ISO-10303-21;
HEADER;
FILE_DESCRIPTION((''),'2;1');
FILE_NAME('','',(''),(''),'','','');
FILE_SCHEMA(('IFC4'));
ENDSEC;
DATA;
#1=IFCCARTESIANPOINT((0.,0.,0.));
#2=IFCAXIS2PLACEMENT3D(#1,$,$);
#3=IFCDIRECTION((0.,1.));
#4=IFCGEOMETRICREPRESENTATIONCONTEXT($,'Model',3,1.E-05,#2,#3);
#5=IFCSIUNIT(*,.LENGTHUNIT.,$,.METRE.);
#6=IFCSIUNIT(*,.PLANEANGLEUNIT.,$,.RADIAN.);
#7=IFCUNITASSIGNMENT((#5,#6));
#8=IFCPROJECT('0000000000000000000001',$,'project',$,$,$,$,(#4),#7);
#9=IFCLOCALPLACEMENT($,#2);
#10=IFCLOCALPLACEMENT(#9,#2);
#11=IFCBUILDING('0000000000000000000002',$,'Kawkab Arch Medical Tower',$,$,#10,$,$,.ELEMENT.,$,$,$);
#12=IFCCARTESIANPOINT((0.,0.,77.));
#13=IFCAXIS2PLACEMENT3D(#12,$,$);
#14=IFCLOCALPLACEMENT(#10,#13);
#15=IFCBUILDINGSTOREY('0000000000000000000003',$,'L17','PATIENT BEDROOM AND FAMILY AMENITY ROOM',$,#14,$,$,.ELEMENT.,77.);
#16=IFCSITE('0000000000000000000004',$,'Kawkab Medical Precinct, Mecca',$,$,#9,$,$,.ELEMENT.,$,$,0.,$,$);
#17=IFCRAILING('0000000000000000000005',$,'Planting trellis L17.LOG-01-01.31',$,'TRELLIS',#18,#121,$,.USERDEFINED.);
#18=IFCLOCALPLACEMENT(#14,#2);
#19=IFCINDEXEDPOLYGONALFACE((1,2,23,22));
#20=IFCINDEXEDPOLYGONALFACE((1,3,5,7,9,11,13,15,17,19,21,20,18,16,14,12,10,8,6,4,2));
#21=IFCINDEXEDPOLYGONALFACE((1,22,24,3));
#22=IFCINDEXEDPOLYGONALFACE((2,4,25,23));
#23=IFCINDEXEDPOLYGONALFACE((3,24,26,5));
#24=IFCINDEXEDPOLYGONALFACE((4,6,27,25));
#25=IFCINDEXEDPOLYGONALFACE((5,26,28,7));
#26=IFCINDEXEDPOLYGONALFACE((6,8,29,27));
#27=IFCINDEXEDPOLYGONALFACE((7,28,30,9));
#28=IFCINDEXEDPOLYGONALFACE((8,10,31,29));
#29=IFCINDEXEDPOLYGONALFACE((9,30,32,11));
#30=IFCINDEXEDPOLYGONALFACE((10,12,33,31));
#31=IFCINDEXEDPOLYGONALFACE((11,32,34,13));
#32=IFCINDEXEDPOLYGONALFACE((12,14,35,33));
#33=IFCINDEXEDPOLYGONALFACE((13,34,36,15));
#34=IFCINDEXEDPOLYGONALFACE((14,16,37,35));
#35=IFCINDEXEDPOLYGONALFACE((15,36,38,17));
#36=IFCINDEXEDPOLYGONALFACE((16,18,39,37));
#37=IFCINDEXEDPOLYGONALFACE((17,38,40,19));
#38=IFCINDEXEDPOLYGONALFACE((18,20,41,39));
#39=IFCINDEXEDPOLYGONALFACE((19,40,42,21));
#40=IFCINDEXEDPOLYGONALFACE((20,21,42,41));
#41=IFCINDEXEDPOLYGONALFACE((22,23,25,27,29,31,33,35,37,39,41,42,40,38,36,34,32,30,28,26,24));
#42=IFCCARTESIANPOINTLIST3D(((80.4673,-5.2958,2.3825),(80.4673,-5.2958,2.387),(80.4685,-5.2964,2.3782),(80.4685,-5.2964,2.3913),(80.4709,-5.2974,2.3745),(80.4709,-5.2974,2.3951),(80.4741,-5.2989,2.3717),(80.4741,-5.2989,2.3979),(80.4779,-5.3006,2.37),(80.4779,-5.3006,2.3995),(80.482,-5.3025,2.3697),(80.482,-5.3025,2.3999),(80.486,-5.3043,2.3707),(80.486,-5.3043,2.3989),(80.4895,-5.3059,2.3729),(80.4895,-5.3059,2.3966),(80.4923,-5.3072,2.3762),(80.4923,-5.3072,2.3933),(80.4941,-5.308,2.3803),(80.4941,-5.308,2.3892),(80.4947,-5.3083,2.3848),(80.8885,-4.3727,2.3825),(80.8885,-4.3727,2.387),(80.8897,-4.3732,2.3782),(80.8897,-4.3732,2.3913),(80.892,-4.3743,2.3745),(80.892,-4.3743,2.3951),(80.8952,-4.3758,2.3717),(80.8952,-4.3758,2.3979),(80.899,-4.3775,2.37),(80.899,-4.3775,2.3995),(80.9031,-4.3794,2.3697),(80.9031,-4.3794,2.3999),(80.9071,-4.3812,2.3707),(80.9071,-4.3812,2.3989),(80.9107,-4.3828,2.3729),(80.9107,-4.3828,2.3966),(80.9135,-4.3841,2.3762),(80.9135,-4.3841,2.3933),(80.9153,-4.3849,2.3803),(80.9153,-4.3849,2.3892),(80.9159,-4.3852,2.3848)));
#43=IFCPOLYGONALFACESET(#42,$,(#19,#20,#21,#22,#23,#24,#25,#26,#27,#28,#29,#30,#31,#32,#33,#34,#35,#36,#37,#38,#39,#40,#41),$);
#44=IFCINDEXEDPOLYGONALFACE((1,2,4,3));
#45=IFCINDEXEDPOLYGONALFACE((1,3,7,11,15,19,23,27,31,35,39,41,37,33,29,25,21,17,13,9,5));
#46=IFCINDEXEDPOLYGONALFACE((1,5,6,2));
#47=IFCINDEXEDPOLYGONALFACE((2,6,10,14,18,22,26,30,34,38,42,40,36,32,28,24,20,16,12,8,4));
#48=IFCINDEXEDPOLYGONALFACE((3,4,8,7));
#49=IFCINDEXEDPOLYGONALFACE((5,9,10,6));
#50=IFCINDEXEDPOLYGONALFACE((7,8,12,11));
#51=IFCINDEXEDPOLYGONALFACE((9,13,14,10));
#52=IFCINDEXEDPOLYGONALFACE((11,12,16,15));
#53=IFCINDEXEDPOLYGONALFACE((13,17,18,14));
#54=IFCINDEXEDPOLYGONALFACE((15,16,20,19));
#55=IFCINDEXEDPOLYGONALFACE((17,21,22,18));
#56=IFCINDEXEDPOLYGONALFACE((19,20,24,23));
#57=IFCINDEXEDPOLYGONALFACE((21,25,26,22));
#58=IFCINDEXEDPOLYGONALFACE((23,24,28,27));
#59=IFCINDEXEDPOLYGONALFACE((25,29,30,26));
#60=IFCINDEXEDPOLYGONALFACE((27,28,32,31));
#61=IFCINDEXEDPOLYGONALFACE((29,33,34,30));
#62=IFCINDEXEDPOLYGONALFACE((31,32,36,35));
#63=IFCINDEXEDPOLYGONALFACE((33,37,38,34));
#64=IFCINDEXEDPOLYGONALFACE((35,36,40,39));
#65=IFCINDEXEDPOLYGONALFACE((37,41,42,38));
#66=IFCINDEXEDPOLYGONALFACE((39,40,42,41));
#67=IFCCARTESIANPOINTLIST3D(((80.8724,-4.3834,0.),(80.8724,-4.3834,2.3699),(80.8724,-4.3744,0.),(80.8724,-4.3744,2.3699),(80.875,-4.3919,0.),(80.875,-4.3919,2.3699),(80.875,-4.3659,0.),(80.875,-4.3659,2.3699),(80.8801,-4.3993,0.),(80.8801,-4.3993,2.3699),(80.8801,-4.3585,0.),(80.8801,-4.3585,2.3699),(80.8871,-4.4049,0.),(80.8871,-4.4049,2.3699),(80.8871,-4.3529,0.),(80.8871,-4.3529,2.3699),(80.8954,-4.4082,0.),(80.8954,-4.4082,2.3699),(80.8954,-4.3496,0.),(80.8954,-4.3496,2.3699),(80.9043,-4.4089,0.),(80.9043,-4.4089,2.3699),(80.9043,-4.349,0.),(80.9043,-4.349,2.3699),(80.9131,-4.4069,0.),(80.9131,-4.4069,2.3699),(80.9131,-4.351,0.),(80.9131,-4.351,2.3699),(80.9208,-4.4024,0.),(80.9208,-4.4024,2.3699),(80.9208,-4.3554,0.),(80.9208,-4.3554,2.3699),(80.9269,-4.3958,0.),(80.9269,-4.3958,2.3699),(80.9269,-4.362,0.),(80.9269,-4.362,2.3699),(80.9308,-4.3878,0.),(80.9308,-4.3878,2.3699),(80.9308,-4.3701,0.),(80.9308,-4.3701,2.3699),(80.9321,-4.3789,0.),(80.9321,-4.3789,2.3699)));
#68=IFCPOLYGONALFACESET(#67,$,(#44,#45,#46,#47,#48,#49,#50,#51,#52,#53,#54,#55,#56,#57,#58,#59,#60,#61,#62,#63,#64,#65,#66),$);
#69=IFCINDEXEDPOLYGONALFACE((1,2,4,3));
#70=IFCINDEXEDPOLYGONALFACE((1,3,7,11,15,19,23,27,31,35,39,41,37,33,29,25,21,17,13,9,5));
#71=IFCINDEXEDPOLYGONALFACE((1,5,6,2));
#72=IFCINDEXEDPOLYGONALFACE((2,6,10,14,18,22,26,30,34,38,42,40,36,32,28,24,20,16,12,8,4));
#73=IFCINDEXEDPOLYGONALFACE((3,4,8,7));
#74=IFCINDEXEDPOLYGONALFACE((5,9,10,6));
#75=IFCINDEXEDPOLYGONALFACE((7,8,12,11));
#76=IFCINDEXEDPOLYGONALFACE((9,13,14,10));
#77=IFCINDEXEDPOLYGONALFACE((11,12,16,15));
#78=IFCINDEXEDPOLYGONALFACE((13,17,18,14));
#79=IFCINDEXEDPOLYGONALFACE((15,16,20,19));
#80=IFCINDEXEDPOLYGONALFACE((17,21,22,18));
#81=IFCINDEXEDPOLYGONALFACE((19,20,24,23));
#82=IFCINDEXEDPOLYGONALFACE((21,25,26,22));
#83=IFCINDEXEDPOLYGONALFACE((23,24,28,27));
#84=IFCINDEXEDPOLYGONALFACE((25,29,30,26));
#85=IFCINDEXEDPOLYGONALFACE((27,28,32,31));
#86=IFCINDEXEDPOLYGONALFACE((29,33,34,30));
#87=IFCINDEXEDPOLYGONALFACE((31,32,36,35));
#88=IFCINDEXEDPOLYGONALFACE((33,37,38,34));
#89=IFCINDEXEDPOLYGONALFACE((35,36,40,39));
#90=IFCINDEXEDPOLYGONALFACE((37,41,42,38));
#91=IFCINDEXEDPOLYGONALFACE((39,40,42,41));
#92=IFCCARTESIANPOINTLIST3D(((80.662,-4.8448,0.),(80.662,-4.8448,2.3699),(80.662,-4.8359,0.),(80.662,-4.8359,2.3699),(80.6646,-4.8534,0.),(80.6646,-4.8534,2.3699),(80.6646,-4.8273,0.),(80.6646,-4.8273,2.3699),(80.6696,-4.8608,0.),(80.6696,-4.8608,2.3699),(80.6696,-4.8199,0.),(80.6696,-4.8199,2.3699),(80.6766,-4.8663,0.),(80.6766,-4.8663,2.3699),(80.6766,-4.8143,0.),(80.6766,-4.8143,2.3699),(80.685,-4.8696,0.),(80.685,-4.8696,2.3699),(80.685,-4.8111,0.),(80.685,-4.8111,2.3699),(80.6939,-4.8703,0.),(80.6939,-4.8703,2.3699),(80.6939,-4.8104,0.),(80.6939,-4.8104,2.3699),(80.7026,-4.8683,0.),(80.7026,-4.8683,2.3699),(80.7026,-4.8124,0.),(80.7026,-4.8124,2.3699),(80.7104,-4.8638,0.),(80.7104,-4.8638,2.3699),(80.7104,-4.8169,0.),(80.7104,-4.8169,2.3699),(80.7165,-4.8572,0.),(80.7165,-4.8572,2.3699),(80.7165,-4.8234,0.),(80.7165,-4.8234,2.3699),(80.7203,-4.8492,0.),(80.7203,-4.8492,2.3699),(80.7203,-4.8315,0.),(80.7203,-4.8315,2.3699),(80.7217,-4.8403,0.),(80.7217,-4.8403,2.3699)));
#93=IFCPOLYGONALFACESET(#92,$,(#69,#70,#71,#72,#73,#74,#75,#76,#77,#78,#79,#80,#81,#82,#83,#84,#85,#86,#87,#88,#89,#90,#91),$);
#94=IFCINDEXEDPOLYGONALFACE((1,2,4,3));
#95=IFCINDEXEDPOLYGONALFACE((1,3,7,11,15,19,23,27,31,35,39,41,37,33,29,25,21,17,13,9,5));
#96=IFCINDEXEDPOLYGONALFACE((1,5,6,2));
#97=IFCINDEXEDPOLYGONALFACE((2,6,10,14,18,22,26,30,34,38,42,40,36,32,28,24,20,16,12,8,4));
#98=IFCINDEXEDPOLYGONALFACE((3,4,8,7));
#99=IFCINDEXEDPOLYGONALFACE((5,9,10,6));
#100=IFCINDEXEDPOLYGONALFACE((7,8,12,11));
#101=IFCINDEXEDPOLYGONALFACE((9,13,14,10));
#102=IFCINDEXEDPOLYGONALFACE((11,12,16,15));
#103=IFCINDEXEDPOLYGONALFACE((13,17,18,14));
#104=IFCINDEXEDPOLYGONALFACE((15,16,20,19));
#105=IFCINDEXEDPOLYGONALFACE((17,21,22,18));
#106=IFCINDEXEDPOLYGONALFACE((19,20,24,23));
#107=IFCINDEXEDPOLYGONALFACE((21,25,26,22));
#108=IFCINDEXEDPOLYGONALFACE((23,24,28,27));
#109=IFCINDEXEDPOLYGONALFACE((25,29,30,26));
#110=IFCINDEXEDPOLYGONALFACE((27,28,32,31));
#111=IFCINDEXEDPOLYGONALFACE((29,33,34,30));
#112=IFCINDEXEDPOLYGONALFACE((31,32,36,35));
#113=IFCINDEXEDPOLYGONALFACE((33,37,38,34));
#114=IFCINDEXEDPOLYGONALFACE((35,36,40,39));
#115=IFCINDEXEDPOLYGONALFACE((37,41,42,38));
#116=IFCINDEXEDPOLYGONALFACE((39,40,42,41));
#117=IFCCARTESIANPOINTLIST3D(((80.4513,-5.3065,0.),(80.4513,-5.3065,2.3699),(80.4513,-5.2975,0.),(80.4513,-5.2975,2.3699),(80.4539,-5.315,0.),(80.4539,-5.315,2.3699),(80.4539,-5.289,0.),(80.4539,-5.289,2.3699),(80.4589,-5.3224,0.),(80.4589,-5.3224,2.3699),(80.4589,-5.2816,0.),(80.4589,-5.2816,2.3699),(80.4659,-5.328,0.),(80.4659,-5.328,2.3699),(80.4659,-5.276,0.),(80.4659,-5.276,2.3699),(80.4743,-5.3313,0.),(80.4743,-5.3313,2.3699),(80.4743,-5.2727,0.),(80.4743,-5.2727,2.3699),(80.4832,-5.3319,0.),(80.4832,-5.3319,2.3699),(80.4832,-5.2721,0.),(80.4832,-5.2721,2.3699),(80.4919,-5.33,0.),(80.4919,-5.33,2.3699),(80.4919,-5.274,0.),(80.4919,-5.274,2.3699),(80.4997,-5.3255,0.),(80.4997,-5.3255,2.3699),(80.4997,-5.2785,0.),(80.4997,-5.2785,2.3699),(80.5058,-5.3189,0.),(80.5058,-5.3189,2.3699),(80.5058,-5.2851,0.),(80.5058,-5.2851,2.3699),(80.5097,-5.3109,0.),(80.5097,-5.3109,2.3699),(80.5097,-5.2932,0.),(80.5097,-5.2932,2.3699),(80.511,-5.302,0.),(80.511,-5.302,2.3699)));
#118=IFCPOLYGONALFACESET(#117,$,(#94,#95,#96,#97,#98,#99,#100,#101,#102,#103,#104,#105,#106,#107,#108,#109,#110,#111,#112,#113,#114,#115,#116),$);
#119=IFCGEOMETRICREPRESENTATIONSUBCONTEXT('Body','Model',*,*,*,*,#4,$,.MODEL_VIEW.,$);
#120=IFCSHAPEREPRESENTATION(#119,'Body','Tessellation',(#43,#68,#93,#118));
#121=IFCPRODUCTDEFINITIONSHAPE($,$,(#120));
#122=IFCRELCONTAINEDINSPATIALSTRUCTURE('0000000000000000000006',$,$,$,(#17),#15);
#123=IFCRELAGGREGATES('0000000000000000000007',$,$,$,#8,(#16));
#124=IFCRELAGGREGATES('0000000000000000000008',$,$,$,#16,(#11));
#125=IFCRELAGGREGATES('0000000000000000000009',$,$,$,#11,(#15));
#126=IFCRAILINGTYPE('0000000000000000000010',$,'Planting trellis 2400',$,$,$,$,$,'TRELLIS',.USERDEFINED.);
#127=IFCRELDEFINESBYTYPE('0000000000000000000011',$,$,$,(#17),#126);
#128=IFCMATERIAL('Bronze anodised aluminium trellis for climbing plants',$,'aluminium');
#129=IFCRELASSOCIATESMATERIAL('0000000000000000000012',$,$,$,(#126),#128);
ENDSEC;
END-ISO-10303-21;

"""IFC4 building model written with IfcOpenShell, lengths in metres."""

from ifc_helpers import new_model, si_unit, direction, frame, origin, origin_2d, place, context, subcontext, project, spatial, circle, extrude, material, type_object, element, save


model = new_model("IFC4")

# Units and contexts
model_context = context("Model", 3, precision=1e-05, world=origin(), true_north=direction((0.0, 1.0)))
body_context = subcontext(model_context, "Body", "Model", "MODEL_VIEW")
ifc_project = project(units=[si_unit("LENGTHUNIT", "METRE"), si_unit("PLANEANGLEUNIT", "RADIAN")], contexts=[model_context])

# Site, building, storey
site_placement = place(None, origin())
site = spatial("IfcSite", under=ifc_project, at=site_placement, Name="Kawkab Medical Precinct, Mecca", CompositionType="ELEMENT", RefElevation=0.0)
building_placement = place(site_placement, origin())
building = spatial("IfcBuilding", under=site, at=building_placement, Name="Kawkab Arch Medical Tower", CompositionType="ELEMENT")
storey_placement = place(building_placement, frame((0.0, 0.0, 77.0)))
storey = spatial("IfcBuildingStorey", under=building, at=storey_placement, Name="L17", Description="PATIENT BEDROOM AND FAMILY AMENITY ROOM", CompositionType="ELEMENT", Elevation=77.0)

# Railing
ifc_material_1 = material(Name="Bronze anodised aluminium trellis for climbing plants", Category="aluminium")
railing_type = type_object("IfcRailingType", Name="Planting trellis 2400", ElementType="TRELLIS", PredefinedType="USERDEFINED", material=ifc_material_1)
railing_1_placement = place(storey_placement, frame((80.9021, -4.3789, 0.0)))
element("IfcRailing", 1, at=railing_1_placement, inside=storey, type_object=railing_type, Name="Planting trellis L17.LOG-01-01.31", ObjectType="TRELLIS", PredefinedType="USERDEFINED", context=body_context, shape_type="SweptSolid", body=[
    extrude(circle(Radius=0.0151, at=origin_2d()), frame((0.0, 0.0, 2.3848), z_axis=(-0.415072, -0.909789, 0.0), x_axis=(0.909789, -0.415072, 0.0)), (0.0, 0.0, 1.0), 1.0146),
    extrude(circle(Radius=0.03, at=origin_2d()), origin(), (0.0, 0.0, 1.0), 2.3699),
    extrude(circle(Radius=0.03, at=origin_2d()), frame((-0.2104, -0.4614, 0.0)), (0.0, 0.0, 1.0), 2.3699),
    extrude(circle(Radius=0.03, at=origin_2d()), frame((-0.4211, -0.9231, 0.0)), (0.0, 0.0, 1.0), 2.3699),
])

save(model, "model.ifc")
